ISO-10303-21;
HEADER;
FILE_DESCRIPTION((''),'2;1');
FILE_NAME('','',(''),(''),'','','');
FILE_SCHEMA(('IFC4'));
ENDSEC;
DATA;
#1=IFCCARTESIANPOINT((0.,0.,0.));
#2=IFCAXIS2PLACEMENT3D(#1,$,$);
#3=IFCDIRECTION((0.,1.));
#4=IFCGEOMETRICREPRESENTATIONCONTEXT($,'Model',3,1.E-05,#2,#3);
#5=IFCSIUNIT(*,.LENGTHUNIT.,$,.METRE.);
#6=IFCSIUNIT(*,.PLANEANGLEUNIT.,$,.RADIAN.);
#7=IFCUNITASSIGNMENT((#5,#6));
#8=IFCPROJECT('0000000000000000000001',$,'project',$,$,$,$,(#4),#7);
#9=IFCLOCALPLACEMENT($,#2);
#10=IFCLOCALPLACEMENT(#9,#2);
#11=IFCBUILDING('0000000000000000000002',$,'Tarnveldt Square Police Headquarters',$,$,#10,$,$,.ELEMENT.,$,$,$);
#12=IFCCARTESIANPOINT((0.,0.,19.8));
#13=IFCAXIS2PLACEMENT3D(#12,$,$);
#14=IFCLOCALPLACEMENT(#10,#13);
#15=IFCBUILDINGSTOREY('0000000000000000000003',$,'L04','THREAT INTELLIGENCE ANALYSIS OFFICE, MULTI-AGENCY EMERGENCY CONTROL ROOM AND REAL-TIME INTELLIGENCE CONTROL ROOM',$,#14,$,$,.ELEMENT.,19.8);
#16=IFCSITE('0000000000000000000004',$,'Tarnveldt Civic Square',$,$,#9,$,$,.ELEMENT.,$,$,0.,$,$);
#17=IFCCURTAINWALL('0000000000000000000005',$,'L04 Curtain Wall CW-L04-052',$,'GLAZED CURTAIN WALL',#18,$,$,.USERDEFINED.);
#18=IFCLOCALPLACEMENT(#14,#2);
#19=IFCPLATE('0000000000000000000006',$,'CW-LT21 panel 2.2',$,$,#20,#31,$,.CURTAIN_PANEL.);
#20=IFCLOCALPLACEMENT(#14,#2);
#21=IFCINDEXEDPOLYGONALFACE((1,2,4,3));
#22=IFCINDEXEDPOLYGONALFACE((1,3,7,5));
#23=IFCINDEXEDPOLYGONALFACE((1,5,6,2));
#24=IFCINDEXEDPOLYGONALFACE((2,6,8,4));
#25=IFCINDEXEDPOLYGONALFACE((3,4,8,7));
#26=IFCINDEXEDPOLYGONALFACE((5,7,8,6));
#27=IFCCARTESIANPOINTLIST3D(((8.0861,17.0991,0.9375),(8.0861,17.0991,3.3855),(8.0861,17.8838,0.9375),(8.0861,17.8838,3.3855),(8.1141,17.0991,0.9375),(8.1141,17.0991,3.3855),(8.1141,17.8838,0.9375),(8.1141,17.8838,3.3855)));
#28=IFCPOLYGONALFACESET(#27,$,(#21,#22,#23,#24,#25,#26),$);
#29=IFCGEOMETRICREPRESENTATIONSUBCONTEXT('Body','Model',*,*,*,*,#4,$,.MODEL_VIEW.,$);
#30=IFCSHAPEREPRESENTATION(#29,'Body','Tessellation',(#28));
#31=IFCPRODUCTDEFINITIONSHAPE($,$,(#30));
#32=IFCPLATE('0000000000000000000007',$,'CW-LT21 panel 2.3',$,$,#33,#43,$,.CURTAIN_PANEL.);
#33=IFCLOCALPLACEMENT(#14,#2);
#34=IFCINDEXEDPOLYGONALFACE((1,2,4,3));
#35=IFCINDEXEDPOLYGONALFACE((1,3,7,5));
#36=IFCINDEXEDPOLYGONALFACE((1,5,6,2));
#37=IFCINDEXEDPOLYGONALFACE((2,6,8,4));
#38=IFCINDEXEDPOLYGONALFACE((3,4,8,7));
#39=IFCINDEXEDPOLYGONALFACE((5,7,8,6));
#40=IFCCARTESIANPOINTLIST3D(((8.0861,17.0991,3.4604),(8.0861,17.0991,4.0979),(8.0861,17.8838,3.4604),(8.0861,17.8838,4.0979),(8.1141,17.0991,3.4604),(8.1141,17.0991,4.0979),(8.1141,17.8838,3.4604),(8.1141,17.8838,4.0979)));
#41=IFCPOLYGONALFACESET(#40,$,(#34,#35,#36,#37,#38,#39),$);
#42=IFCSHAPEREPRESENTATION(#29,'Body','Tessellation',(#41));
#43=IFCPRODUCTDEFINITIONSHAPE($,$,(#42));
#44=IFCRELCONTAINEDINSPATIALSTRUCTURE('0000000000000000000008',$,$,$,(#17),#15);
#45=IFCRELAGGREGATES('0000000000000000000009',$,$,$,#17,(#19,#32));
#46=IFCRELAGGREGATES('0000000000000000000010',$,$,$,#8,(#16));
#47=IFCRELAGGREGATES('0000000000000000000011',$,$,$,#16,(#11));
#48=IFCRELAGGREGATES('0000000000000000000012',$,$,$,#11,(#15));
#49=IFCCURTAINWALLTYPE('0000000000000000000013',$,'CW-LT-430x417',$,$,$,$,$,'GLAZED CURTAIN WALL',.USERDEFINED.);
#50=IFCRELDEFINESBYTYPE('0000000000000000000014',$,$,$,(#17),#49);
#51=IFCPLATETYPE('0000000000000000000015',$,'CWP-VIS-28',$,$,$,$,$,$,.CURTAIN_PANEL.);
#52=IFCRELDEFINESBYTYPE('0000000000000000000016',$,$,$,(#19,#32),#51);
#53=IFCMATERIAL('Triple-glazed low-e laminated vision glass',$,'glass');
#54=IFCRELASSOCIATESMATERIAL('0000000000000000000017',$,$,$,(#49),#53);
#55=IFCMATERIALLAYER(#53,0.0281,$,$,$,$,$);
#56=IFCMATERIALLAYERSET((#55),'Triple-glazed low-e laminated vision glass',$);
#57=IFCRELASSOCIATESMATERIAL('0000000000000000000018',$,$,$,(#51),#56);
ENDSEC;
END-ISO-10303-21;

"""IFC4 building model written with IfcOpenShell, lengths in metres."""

from ifc_helpers import new_model, si_unit, direction, frame, origin, origin_2d, place, context, subcontext, project, spatial, rectangle, extrude, material, layer, layer_set, type_object, element, aggregate, save


model = new_model("IFC4")

# Units and contexts
model_context = context("Model", 3, precision=1e-05, world=origin(), true_north=direction((0.0, 1.0)))
body_context = subcontext(model_context, "Body", "Model", "MODEL_VIEW")
ifc_project = project(units=[si_unit("LENGTHUNIT", "METRE"), si_unit("PLANEANGLEUNIT", "RADIAN")], contexts=[model_context])

# Site, building, storey
site_placement = place(None, origin())
site = spatial("IfcSite", under=ifc_project, at=site_placement, Name="Tarnveldt Civic Square", CompositionType="ELEMENT", RefElevation=0.0)
building_placement = place(site_placement, origin())
building = spatial("IfcBuilding", under=site, at=building_placement, Name="Tarnveldt Square Police Headquarters", CompositionType="ELEMENT")
storey_placement = place(building_placement, frame((0.0, 0.0, 19.8)))
storey = spatial("IfcBuildingStorey", under=building, at=storey_placement, Name="L04", Description="THREAT INTELLIGENCE ANALYSIS OFFICE, MULTI-AGENCY EMERGENCY CONTROL ROOM AND REAL-TIME INTELLIGENCE CONTROL ROOM", CompositionType="ELEMENT", Elevation=19.8)

# Curtain wall
ifc_material_1 = material(Name="Triple-glazed low-e laminated vision glass", Category="glass")
curtain_wall_type = type_object("IfcCurtainWallType", Name="CW-LT-430x417", ElementType="GLAZED CURTAIN WALL", PredefinedType="USERDEFINED", material=ifc_material_1)
curtain_wall_1_placement = place(storey_placement, origin())
curtain_wall_1 = element("IfcCurtainWall", 1, at=curtain_wall_1_placement, inside=storey, type_object=curtain_wall_type, Name="L04 Curtain Wall CW-L04-052", ObjectType="GLAZED CURTAIN WALL", PredefinedType="USERDEFINED")

# Plates
ifc_layer = layer(ifc_material_1, 0.0281)
ifc_layer_set = layer_set([ifc_layer], Name="Triple-glazed low-e laminated vision glass")
plate_type = type_object("IfcPlateType", Name="CWP-VIS-28", PredefinedType="CURTAIN_PANEL", material=ifc_layer_set)
plate_1_placement = place(storey_placement, frame((8.1001, 17.4915, 0.9375), z_axis=(0.0, 0.0, 1.0), x_axis=(0.0, 1.0, 0.0)))
plate_1 = element("IfcPlate", 2, at=plate_1_placement, type_object=plate_type, Name="CW-LT21 panel 2.2", PredefinedType="CURTAIN_PANEL", context=body_context, shape_type="SweptSolid", body=[
    extrude(rectangle(XDim=0.7847, YDim=0.0281, at=origin_2d()), origin(), (0.0, 0.0, 1.0), 2.448),
])
plate_2_placement = place(storey_placement, frame((8.1001, 17.4915, 3.4604), z_axis=(0.0, 0.0, 1.0), x_axis=(0.0, 1.0, 0.0)))
plate_2 = element("IfcPlate", 3, at=plate_2_placement, type_object=plate_type, Name="CW-LT21 panel 2.3", PredefinedType="CURTAIN_PANEL", context=body_context, shape_type="SweptSolid", body=[
    extrude(rectangle(XDim=0.7847, YDim=0.0281, at=origin_2d()), origin(), (0.0, 0.0, 1.0), 0.6375),
])
aggregate(curtain_wall_1, [plate_1, plate_2])

save(model, "model.ifc")
